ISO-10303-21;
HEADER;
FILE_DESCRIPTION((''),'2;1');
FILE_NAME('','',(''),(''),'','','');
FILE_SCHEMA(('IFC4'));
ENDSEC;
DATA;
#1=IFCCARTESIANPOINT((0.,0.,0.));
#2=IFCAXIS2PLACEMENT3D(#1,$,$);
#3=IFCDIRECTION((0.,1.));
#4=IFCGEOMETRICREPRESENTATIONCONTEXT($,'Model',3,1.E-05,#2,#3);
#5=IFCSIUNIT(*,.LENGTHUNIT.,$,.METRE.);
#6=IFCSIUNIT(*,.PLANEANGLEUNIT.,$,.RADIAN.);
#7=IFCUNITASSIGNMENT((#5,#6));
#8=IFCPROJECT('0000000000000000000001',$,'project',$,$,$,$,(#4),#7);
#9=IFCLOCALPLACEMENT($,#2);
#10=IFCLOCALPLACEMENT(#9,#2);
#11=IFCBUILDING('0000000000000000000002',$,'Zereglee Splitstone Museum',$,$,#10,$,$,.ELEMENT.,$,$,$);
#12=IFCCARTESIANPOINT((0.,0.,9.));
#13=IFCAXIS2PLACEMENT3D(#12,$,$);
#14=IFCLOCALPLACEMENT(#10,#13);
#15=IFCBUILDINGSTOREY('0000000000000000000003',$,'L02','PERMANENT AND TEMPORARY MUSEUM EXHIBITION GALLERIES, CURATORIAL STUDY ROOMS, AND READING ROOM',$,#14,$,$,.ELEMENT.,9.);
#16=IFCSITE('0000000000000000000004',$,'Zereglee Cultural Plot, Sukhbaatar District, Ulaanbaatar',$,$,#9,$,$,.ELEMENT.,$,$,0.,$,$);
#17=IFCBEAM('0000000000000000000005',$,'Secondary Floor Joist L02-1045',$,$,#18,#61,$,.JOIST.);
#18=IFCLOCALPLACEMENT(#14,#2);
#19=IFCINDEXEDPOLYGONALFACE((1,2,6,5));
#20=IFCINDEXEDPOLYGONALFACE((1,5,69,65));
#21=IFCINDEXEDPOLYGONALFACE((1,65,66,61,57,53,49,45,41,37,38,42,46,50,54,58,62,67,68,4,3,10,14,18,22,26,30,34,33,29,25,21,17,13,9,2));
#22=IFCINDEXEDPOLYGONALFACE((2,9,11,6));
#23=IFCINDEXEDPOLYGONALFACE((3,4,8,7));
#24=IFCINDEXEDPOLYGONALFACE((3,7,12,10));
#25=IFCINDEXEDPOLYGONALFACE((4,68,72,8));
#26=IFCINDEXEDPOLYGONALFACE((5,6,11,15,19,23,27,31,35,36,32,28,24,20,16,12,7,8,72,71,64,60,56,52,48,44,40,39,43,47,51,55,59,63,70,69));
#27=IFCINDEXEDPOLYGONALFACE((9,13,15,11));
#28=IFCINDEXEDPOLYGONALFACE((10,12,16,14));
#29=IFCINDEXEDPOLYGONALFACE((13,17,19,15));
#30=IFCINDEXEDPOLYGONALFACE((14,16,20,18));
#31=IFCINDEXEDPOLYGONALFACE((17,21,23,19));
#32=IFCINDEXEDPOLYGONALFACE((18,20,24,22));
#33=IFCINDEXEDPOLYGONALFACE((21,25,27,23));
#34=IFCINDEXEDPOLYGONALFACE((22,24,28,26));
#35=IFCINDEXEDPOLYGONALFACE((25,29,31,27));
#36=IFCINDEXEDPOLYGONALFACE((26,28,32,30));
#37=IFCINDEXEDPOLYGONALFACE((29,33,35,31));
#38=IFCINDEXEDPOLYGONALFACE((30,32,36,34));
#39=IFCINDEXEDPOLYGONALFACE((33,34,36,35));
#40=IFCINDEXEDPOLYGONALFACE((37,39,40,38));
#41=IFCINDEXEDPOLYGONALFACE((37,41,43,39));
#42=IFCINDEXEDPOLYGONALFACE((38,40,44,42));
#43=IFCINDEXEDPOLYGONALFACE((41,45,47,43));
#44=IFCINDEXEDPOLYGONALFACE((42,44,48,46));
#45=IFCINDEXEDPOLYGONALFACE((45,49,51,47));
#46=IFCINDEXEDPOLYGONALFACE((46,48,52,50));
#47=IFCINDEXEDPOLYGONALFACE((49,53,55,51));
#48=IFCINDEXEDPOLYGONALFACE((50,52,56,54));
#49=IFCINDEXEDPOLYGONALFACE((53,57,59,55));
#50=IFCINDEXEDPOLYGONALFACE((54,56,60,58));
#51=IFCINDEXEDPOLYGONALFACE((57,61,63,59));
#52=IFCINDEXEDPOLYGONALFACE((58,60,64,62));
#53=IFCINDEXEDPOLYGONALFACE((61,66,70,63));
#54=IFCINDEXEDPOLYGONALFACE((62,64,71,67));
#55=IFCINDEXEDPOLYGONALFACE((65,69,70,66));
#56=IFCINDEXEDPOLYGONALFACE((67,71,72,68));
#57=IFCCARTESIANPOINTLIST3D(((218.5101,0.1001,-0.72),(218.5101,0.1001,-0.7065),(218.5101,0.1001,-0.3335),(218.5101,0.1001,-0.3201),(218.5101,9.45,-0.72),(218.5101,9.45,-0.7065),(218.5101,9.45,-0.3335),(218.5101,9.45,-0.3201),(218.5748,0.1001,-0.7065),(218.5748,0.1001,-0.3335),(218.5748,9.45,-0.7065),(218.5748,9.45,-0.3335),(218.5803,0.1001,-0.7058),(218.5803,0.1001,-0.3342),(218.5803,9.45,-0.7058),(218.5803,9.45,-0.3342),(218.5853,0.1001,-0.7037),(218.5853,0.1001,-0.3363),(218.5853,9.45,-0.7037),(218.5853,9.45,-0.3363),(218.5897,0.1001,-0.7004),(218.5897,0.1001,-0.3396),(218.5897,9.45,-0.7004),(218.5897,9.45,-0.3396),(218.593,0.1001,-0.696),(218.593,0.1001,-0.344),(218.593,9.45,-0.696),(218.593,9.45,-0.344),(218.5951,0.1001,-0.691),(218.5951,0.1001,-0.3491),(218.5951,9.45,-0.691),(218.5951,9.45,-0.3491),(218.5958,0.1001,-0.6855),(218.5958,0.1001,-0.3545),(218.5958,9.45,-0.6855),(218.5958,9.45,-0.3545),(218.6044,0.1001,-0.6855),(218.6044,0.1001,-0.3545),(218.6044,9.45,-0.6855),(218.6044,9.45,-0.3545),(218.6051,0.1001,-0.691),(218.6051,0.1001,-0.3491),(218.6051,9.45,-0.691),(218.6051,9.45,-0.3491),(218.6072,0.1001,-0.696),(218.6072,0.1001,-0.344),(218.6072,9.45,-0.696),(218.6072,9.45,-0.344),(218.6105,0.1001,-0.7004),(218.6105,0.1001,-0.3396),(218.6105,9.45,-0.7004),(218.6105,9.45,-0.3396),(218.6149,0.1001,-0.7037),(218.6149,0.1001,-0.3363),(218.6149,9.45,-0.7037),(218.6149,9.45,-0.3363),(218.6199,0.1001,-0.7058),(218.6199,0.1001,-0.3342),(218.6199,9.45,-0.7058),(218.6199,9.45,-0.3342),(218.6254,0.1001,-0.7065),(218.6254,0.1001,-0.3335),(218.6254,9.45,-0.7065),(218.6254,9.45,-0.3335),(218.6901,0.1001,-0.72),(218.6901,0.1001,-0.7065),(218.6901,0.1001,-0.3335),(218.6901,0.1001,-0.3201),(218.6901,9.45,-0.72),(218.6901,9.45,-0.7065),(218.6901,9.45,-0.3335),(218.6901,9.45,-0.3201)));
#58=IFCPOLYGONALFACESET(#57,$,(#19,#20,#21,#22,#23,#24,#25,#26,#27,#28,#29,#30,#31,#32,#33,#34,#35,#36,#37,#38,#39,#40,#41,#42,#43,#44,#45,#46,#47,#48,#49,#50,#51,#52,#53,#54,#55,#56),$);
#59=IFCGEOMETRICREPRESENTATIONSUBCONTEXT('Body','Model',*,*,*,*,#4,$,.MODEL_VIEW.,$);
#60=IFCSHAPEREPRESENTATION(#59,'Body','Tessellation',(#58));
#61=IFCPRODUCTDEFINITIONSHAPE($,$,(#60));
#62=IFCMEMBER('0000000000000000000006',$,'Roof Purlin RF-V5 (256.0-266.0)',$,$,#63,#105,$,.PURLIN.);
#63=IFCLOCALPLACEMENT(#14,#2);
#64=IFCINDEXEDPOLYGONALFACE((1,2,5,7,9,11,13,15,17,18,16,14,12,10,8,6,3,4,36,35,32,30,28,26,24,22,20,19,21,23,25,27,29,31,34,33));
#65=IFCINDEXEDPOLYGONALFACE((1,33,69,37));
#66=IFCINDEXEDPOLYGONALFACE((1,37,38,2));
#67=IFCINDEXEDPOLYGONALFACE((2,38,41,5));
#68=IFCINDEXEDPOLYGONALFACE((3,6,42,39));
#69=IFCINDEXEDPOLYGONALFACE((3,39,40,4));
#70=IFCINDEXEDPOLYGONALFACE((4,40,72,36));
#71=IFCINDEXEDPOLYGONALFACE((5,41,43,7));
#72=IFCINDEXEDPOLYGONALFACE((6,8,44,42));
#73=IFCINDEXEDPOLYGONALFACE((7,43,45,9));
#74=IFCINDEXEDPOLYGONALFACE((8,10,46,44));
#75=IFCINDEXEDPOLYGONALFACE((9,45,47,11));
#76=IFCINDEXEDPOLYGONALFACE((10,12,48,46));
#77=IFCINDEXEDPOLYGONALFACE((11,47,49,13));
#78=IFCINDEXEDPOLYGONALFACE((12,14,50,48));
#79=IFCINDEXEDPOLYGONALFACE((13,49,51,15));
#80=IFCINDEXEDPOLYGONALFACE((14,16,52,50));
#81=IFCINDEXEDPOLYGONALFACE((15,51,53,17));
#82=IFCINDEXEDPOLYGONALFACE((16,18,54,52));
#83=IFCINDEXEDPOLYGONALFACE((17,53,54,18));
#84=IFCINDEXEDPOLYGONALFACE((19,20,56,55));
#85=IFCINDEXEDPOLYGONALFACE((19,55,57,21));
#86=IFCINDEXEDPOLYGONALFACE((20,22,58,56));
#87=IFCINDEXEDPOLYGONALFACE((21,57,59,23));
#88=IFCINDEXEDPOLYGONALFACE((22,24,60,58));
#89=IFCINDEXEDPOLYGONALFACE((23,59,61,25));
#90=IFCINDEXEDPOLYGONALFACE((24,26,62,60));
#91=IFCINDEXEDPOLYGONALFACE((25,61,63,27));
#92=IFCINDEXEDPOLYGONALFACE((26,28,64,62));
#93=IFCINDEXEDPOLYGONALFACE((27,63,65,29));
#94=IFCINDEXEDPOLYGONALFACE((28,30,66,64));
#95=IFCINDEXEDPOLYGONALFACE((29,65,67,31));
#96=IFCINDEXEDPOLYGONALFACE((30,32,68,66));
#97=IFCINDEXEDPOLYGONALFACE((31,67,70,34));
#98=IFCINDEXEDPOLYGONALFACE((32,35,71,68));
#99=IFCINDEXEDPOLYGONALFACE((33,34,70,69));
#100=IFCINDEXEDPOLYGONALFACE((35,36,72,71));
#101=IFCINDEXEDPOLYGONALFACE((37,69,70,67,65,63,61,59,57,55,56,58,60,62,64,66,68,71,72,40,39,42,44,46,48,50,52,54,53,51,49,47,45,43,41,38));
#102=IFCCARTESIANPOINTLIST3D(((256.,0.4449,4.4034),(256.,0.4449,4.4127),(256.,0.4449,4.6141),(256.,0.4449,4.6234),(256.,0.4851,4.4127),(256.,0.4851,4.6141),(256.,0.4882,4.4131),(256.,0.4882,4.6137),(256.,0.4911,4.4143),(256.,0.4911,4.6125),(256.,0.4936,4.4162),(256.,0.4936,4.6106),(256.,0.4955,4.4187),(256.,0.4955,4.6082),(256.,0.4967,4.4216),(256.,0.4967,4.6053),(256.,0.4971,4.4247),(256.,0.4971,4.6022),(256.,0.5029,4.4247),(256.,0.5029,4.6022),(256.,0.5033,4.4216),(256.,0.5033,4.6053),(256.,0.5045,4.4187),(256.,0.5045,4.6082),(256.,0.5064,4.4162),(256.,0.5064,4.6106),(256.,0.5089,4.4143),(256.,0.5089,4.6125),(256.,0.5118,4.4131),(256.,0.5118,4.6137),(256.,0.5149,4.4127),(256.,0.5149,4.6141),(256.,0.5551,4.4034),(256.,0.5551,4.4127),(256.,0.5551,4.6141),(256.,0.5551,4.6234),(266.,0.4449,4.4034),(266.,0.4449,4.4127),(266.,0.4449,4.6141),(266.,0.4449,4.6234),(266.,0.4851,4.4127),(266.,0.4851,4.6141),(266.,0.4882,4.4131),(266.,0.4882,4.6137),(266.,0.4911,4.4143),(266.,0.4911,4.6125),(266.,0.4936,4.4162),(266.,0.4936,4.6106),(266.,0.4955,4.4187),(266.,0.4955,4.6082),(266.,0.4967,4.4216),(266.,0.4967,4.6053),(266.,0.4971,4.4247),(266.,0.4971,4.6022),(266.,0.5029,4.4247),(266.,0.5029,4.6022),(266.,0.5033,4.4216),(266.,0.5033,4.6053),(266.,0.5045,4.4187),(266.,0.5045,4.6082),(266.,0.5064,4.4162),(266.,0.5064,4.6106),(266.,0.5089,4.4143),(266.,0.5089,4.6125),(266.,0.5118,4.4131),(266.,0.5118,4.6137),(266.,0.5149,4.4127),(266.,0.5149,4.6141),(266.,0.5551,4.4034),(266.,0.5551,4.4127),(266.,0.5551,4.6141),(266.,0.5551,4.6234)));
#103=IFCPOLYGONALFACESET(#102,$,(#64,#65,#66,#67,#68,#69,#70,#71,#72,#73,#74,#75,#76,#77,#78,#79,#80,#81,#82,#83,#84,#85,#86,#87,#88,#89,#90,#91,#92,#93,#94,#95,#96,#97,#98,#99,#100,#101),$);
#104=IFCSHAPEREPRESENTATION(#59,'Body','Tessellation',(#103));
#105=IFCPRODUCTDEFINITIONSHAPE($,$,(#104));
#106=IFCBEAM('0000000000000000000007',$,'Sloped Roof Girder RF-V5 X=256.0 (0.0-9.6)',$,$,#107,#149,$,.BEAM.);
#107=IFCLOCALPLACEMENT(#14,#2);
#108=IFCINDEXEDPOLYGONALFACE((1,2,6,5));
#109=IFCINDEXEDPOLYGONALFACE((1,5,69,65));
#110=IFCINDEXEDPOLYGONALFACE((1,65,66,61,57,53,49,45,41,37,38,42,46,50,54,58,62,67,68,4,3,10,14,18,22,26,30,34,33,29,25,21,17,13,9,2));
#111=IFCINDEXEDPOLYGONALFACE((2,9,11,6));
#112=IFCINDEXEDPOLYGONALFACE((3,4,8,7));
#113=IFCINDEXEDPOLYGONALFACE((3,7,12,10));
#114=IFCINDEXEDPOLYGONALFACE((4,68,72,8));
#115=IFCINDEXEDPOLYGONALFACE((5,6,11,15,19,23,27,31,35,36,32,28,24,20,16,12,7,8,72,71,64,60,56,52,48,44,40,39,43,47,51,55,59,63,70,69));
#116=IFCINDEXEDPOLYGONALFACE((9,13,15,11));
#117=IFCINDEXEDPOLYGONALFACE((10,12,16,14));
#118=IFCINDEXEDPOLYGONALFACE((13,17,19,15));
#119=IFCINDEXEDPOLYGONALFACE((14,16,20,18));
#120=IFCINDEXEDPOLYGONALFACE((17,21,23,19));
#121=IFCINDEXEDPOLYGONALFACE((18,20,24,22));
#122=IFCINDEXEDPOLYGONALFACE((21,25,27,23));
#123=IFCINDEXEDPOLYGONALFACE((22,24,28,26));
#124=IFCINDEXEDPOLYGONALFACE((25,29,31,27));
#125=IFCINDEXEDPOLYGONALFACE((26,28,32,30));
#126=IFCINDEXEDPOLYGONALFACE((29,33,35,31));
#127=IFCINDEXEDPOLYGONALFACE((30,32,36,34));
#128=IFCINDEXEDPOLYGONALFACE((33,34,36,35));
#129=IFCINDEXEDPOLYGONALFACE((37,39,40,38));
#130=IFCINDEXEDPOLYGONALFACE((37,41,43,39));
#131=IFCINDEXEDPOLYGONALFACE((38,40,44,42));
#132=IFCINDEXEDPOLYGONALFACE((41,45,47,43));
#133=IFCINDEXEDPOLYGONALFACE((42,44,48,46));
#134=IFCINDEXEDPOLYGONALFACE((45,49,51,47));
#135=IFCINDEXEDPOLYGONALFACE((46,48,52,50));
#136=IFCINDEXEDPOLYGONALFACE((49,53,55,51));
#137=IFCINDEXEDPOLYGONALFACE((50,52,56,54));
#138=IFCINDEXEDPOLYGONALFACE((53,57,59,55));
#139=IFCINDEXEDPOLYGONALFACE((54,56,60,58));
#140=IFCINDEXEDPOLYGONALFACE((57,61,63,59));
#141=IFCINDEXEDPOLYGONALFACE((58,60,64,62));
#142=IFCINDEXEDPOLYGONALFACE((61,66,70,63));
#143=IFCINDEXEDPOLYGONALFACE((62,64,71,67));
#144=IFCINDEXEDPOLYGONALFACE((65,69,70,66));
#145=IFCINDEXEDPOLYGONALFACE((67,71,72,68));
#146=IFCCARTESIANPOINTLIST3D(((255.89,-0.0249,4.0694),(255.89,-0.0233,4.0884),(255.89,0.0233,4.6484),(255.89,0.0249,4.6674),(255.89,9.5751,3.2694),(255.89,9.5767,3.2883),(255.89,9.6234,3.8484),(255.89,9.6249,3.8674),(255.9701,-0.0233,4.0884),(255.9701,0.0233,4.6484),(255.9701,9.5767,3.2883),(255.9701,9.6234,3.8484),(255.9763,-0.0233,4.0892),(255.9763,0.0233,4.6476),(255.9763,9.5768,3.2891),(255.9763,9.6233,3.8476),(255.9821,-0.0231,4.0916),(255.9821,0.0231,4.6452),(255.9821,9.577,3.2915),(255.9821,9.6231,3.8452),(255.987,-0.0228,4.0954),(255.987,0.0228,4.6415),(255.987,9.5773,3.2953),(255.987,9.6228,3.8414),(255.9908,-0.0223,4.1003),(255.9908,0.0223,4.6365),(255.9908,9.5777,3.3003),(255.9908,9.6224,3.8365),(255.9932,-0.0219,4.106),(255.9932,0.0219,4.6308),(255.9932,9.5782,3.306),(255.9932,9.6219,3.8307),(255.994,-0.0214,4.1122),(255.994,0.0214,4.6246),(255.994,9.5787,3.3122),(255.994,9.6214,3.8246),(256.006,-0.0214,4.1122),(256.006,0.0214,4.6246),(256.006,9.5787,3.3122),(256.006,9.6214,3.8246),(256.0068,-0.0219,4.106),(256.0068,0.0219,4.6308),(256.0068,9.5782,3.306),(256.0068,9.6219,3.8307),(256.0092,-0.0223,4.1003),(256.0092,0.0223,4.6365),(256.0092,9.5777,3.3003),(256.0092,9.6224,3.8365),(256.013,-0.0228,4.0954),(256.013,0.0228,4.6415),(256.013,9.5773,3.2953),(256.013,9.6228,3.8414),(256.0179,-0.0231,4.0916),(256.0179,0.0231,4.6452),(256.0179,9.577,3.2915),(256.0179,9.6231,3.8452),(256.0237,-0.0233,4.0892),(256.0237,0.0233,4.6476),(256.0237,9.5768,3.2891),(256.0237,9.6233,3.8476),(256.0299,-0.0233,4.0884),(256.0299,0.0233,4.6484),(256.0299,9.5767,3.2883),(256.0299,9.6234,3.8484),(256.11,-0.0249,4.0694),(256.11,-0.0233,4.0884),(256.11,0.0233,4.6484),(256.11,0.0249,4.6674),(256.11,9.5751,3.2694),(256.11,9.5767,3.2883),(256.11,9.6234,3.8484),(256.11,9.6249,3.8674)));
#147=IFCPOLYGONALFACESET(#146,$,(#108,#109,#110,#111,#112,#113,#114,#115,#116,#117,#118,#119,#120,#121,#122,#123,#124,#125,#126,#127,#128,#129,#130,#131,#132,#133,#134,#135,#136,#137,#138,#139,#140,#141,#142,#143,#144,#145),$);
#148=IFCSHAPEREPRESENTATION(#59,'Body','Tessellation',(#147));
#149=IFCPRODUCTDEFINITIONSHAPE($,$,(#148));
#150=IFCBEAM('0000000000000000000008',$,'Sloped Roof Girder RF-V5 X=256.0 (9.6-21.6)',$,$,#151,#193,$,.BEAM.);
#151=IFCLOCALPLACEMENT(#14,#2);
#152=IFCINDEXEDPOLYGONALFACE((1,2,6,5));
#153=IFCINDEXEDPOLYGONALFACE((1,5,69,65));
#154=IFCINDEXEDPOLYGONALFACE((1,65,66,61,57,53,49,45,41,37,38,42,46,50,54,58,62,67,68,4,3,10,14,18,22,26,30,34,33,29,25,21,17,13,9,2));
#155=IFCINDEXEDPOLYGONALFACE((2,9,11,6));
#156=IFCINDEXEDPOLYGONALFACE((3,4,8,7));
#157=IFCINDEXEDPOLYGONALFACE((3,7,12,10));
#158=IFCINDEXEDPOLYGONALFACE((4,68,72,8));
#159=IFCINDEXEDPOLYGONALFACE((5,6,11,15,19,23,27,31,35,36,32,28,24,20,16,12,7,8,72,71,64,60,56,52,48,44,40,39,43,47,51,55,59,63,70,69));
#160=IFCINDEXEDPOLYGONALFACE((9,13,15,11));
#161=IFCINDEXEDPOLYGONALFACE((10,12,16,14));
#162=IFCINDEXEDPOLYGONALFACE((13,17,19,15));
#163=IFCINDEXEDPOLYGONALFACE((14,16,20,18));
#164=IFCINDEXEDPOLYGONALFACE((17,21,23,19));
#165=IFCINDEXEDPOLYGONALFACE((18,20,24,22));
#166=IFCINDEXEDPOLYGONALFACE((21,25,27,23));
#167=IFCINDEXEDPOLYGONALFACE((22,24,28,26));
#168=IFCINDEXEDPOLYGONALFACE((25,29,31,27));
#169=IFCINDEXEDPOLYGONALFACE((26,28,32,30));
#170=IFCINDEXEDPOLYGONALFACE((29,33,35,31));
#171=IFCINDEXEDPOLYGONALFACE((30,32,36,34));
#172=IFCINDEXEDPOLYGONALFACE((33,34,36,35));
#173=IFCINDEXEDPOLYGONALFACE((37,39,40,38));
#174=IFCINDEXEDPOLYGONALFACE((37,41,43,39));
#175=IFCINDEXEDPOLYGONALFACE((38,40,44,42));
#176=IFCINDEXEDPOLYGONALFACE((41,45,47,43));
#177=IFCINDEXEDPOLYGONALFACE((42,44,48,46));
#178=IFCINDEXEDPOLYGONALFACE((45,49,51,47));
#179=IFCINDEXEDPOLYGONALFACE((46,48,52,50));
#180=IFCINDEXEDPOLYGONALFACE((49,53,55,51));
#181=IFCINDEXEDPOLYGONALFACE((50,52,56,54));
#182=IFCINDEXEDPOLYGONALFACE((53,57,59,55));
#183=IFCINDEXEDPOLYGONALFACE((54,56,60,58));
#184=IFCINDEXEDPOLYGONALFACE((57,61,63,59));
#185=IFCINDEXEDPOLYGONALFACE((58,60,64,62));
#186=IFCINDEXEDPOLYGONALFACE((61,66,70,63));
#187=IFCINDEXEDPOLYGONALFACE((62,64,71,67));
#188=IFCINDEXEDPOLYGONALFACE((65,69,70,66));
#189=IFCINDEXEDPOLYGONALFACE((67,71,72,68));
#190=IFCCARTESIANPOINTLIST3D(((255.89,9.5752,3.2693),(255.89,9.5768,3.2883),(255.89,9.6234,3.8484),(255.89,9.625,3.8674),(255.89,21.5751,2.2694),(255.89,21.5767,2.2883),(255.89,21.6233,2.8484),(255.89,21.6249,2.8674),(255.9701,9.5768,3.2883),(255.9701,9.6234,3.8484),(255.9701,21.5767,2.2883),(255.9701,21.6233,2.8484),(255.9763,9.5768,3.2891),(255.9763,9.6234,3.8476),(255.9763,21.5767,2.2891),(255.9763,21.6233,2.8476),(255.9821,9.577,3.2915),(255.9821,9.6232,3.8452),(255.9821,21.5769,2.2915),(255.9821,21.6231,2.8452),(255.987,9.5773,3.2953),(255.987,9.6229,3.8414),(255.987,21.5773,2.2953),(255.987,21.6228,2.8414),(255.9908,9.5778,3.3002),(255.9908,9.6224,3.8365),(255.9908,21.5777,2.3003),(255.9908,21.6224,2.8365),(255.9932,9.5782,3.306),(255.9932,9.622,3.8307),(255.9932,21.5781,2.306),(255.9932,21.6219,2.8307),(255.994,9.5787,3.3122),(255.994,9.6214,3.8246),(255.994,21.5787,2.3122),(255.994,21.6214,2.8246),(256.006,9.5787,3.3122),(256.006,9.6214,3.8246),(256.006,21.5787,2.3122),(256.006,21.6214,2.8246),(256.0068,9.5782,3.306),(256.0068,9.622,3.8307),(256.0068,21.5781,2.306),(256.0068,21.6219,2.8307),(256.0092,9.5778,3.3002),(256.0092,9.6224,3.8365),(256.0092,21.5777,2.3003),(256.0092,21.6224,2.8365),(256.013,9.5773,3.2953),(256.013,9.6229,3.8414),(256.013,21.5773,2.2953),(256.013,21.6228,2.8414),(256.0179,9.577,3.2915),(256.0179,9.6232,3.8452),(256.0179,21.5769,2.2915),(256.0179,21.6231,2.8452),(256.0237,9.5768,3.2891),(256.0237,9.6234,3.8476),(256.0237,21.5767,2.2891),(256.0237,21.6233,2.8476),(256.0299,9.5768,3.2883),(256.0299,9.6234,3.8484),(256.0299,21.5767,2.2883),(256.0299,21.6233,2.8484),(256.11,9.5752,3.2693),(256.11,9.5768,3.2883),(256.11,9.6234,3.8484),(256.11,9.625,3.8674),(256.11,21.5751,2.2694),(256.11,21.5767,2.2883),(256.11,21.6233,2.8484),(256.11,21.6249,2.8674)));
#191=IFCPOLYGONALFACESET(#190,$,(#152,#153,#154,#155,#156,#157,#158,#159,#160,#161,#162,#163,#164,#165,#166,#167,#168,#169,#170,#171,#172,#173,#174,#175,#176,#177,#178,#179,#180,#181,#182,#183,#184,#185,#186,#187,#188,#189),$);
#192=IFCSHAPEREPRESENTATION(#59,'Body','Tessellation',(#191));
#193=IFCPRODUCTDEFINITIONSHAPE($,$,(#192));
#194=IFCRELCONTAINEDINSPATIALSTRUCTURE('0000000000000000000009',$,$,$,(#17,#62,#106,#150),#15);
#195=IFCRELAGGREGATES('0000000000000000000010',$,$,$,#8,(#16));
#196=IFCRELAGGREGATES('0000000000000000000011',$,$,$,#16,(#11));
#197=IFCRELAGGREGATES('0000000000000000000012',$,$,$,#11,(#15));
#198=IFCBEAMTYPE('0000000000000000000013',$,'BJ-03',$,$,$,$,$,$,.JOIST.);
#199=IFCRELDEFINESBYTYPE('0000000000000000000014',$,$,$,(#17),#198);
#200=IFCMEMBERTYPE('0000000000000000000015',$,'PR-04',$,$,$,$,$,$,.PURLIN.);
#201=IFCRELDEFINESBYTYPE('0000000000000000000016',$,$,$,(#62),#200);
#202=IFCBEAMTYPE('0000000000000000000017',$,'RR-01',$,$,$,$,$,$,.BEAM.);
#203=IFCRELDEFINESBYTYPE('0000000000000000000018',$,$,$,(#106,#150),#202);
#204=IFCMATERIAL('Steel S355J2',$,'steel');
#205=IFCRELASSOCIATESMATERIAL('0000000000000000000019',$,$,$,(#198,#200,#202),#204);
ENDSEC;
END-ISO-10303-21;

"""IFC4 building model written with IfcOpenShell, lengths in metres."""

from ifc_helpers import new_model, si_unit, direction, frame, origin, origin_2d, place, context, subcontext, project, spatial, i_section, extrude, material, material_profile, profile_set, type_object, element, save


model = new_model("IFC4")

# Units and contexts
model_context = context("Model", 3, precision=1e-05, world=origin(), true_north=direction((0.0, 1.0)))
body_context = subcontext(model_context, "Body", "Model", "MODEL_VIEW")
ifc_project = project(units=[si_unit("LENGTHUNIT", "METRE"), si_unit("PLANEANGLEUNIT", "RADIAN")], contexts=[model_context])

# Site, building, storey
site_placement = place(None, origin())
site = spatial("IfcSite", under=ifc_project, at=site_placement, Name="Zereglee Cultural Plot, Sukhbaatar District, Ulaanbaatar", CompositionType="ELEMENT", RefElevation=0.0)
building_placement = place(site_placement, origin())
building = spatial("IfcBuilding", under=site, at=building_placement, Name="Zereglee Splitstone Museum", CompositionType="ELEMENT")
storey_placement = place(building_placement, frame((0.0, 0.0, 9.0)))
storey = spatial("IfcBuildingStorey", under=building, at=storey_placement, Name="L02", Description="PERMANENT AND TEMPORARY MUSEUM EXHIBITION GALLERIES, CURATORIAL STUDY ROOMS, AND READING ROOM", CompositionType="ELEMENT", Elevation=9.0)

# Shared definitions
ifc_material_1 = material(Name="Steel S355J2", Category="steel")

# Beam
ifc_material_profile_1 = material_profile(ifc_material_1, i_section(OverallWidth=0.1799, OverallDepth=0.3999, WebThickness=0.0085, FlangeThickness=0.0134, FilletRadius=0.021, at=origin_2d()), Name="IPE 400")
ifc_profile_set_1 = profile_set([ifc_material_profile_1], Name="Steel S355J2")
beam_type_1 = type_object("IfcBeamType", Name="BJ-03", PredefinedType="JOIST", material=ifc_profile_set_1)
beam_1_placement = place(storey_placement, frame((218.6001, 0.1001, -0.52), z_axis=(0.0, 1.0, 0.0), x_axis=(-1.0, 0.0, 0.0)))
element("IfcBeam", 1, at=beam_1_placement, inside=storey, type_object=beam_type_1, Name="Secondary Floor Joist L02-1045", PredefinedType="JOIST", context=body_context, shape_type="SweptSolid", body=[
    extrude(i_section(OverallWidth=0.1799, OverallDepth=0.3999, WebThickness=0.0085, FlangeThickness=0.0134, FilletRadius=0.021, at=origin_2d()), origin(), (0.0, 0.0, 1.0), 9.3499),
])

# Member
ifc_material_profile_2 = material_profile(ifc_material_1, i_section(OverallWidth=0.1101, OverallDepth=0.22, WebThickness=0.0059, FlangeThickness=0.0093, FilletRadius=0.012, at=origin_2d()), Name="IPE 220")
ifc_profile_set_2 = profile_set([ifc_material_profile_2], Name="Steel S355J2")
member_type = type_object("IfcMemberType", Name="PR-04", PredefinedType="PURLIN", material=ifc_profile_set_2)
member_placement = place(storey_placement, frame((256.0, 0.5, 4.5134), z_axis=(1.0, 0.0, 0.0), x_axis=(0.0, 1.0, 0.0)))
element("IfcMember", 2, at=member_placement, inside=storey, type_object=member_type, Name="Roof Purlin RF-V5 (256.0-266.0)", PredefinedType="PURLIN", context=body_context, shape_type="SweptSolid", body=[
    extrude(i_section(OverallWidth=0.1101, OverallDepth=0.22, WebThickness=0.0059, FlangeThickness=0.0093, FilletRadius=0.012, at=origin_2d()), origin(), (0.0, 0.0, 1.0), 10.0),
])

# Beams
ifc_material_profile_3 = material_profile(ifc_material_1, i_section(OverallWidth=0.22, OverallDepth=0.6001, WebThickness=0.012, FlangeThickness=0.019, FilletRadius=0.0239, at=origin_2d()), Name="IPE 600")
ifc_profile_set_3 = profile_set([ifc_material_profile_3], Name="Steel S355J2")
beam_type_2 = type_object("IfcBeamType", Name="RR-01", PredefinedType="BEAM", material=ifc_profile_set_3)
beam_2_placement = place(storey_placement, frame((256.0, 0.0, 4.3684), z_axis=(0.0, 0.996545, -0.08305), x_axis=(-1.0, 0.0, 0.0)))
element("IfcBeam", 3, at=beam_2_placement, inside=storey, type_object=beam_type_2, Name="Sloped Roof Girder RF-V5 X=256.0 (0.0-9.6)", PredefinedType="BEAM", context=body_context, shape_type="SweptSolid", body=[
    extrude(i_section(OverallWidth=0.22, OverallDepth=0.6001, WebThickness=0.012, FlangeThickness=0.019, FilletRadius=0.0239, at=origin_2d()), origin(), (0.0, 0.0, 1.0), 9.6333),
])
beam_3_placement = place(storey_placement, frame((256.0, 9.6001, 3.5684), z_axis=(0.0, 0.996546, -0.083045), x_axis=(-1.0, 0.0, 0.0)))
element("IfcBeam", 4, at=beam_3_placement, inside=storey, type_object=beam_type_2, Name="Sloped Roof Girder RF-V5 X=256.0 (9.6-21.6)", PredefinedType="BEAM", context=body_context, shape_type="SweptSolid", body=[
    extrude(i_section(OverallWidth=0.22, OverallDepth=0.6001, WebThickness=0.012, FlangeThickness=0.019, FilletRadius=0.0239, at=origin_2d()), origin(), (0.0, 0.0, 1.0), 12.0415),
])

save(model, "model.ifc")
